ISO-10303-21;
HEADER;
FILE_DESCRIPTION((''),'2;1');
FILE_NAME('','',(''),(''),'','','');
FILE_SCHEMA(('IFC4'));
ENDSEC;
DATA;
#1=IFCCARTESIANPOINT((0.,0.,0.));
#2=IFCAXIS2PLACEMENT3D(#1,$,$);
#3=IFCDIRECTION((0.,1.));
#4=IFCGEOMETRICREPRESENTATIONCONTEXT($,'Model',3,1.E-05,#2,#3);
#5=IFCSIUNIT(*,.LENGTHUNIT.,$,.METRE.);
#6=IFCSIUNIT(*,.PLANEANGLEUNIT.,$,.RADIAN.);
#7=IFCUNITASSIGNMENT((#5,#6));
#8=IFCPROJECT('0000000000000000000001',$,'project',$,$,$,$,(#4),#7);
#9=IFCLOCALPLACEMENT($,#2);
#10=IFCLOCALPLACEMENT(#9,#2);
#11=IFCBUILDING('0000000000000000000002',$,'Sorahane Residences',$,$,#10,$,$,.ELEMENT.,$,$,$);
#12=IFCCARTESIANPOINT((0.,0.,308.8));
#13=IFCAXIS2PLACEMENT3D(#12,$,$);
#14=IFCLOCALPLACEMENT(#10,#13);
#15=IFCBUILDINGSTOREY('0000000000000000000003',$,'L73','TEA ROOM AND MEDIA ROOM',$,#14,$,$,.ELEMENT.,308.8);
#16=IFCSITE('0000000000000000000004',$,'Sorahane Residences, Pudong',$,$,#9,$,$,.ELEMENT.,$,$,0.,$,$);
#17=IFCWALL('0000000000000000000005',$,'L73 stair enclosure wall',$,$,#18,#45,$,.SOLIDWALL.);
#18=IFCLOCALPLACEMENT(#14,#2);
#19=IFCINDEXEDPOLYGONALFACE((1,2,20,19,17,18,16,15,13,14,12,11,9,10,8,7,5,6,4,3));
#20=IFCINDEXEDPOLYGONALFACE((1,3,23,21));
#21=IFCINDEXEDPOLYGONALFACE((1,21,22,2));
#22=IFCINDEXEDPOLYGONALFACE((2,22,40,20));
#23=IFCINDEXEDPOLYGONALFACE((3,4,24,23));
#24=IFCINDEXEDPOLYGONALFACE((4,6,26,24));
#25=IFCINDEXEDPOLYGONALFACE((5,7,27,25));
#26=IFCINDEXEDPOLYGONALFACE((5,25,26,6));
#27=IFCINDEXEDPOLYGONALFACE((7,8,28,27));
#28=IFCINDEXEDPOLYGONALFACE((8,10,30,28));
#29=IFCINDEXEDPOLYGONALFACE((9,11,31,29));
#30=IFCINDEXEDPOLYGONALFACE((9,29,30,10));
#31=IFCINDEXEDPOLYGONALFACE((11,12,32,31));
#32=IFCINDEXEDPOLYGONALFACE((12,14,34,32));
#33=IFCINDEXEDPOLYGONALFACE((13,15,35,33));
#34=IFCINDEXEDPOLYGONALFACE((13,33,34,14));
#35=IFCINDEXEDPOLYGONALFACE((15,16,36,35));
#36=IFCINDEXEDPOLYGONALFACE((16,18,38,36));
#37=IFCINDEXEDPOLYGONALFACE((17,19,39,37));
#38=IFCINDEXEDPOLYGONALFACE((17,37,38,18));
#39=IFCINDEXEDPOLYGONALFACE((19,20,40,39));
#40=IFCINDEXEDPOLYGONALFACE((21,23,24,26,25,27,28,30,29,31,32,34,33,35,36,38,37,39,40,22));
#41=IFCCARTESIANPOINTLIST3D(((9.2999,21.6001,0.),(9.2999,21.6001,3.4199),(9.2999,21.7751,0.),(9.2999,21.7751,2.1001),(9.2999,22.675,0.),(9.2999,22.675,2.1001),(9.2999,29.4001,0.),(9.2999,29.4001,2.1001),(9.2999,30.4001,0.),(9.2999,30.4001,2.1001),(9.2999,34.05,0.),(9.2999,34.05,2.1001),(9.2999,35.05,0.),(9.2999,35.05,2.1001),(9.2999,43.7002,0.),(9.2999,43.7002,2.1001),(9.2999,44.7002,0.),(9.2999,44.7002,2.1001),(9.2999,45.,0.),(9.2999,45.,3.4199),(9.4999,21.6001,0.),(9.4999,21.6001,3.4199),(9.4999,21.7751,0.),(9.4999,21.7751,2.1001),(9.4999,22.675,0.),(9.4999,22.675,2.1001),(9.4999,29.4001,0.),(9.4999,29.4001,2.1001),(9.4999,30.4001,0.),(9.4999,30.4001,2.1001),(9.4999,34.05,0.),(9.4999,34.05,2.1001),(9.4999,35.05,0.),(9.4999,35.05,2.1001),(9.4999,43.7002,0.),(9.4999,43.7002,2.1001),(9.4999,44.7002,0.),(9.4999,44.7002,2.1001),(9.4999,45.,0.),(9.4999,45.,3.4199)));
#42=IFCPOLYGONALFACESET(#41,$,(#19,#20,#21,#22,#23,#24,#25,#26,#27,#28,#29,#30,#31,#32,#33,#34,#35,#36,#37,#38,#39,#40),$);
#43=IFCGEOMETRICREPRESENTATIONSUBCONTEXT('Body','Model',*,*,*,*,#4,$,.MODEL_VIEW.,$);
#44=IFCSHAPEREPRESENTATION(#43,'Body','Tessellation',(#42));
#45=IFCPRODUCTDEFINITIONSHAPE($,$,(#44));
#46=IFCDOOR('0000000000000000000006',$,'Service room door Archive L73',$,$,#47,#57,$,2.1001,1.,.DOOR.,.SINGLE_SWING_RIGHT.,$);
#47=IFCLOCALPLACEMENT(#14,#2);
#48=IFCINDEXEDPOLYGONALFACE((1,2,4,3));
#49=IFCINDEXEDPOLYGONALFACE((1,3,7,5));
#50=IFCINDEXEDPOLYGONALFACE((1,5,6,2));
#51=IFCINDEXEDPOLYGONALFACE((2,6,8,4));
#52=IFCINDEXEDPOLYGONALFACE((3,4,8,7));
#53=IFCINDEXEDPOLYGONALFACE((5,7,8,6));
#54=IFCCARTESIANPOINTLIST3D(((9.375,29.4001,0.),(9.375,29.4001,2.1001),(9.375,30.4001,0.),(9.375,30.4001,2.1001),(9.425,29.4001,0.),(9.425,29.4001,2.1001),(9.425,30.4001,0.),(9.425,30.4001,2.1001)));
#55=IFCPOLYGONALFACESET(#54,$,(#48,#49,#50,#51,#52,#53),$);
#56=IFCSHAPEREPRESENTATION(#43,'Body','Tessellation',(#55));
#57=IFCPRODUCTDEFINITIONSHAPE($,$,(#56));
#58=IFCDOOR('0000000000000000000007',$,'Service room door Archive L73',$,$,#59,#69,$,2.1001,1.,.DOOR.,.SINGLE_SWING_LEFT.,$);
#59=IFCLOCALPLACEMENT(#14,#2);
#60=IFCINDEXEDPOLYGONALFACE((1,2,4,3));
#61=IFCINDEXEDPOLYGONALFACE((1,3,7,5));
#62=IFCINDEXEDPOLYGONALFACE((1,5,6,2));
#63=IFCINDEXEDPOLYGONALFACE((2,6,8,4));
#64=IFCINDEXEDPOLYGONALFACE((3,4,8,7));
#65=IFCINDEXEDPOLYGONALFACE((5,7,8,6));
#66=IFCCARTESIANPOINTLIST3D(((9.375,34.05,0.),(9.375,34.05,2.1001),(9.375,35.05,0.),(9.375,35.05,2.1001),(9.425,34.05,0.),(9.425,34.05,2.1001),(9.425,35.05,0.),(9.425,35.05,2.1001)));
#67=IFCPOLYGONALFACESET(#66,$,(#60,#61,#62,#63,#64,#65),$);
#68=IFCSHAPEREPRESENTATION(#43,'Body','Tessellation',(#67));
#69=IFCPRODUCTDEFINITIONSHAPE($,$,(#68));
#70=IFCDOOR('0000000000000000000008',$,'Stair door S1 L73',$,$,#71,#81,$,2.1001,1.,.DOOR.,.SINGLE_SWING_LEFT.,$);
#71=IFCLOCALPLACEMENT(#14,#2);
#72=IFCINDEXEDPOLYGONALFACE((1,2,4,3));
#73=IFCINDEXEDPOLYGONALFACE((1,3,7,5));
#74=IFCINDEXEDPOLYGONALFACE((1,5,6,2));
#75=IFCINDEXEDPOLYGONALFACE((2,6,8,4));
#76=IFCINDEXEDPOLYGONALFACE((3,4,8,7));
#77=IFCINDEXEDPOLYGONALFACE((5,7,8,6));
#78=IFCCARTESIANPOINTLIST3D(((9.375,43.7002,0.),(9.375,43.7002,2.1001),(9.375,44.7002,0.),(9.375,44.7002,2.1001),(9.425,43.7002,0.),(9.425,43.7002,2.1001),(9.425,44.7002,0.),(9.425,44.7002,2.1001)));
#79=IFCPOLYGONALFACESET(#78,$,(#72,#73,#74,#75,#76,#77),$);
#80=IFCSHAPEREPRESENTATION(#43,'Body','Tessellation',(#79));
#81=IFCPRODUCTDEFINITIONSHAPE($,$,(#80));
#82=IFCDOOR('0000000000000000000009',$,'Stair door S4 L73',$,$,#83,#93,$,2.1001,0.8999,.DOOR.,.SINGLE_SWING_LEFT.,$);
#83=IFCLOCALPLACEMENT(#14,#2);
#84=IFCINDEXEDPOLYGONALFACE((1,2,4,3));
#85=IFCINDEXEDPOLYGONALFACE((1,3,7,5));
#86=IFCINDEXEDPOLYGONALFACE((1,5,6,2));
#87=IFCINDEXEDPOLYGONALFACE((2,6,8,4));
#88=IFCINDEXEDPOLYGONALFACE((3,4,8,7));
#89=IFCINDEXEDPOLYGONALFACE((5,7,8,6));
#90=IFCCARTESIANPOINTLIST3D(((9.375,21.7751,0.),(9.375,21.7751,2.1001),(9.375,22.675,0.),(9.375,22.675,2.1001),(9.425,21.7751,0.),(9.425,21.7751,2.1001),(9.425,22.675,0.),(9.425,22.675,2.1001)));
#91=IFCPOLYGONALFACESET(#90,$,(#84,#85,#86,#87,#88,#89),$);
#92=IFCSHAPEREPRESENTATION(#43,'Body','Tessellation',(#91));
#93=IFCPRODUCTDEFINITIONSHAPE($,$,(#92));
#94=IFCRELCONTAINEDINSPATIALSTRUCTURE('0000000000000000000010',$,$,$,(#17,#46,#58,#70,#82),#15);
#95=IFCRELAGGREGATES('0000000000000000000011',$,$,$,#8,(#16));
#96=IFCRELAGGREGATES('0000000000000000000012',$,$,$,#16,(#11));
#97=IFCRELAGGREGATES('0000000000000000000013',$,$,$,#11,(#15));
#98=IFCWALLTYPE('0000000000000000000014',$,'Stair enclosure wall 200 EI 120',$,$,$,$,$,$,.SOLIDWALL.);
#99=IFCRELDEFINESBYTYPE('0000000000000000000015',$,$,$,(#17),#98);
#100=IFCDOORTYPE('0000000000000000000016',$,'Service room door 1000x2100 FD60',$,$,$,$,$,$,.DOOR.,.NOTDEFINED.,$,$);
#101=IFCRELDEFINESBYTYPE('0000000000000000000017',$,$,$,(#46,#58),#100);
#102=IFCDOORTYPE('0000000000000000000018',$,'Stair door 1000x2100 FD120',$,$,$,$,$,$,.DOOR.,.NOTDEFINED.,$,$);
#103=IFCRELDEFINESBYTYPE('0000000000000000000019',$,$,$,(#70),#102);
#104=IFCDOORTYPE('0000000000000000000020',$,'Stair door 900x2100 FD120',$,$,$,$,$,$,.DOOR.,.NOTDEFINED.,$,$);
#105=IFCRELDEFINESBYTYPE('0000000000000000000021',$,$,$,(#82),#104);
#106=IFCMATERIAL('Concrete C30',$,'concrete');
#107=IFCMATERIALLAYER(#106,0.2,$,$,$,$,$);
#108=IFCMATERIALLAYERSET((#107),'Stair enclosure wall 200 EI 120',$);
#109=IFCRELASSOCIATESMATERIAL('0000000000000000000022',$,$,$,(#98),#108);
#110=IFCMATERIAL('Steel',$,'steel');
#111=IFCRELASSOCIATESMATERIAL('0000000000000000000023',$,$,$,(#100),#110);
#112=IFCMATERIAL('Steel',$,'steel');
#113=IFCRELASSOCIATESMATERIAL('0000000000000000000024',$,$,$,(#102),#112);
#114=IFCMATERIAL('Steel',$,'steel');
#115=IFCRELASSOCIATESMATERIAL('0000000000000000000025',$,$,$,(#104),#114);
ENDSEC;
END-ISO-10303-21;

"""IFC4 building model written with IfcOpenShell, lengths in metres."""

from ifc_helpers import new_model, si_unit, direction, frame, frame_2d, origin, place, context, subcontext, project, spatial, rectangle, extrude, material, layer, layer_set, type_object, element, fill, save


model = new_model("IFC4")

# Units and contexts
model_context = context("Model", 3, precision=1e-05, world=origin(), true_north=direction((0.0, 1.0)))
body_context = subcontext(model_context, "Body", "Model", "MODEL_VIEW")
ifc_project = project(units=[si_unit("LENGTHUNIT", "METRE"), si_unit("PLANEANGLEUNIT", "RADIAN")], contexts=[model_context])

# Site, building, storey
site_placement = place(None, origin())
site = spatial("IfcSite", under=ifc_project, at=site_placement, Name="Sorahane Residences, Pudong", CompositionType="ELEMENT", RefElevation=0.0)
building_placement = place(site_placement, origin())
building = spatial("IfcBuilding", under=site, at=building_placement, Name="Sorahane Residences", CompositionType="ELEMENT")
storey_placement = place(building_placement, frame((0.0, 0.0, 308.8)))
storey = spatial("IfcBuildingStorey", under=building, at=storey_placement, Name="L73", Description="TEA ROOM AND MEDIA ROOM", CompositionType="ELEMENT", Elevation=308.8)

# Wall, openings, doors
ifc_material_1 = material(Name="Concrete C30", Category="concrete")
ifc_layer_1 = layer(ifc_material_1, 0.2)
ifc_layer_set_1 = layer_set([ifc_layer_1], Name="Stair enclosure wall 200 EI 120")
wall_type_1 = type_object("IfcWallType", Name="Stair enclosure wall 200 EI 120", PredefinedType="SOLIDWALL", material=ifc_layer_set_1)
wall_1_placement = place(storey_placement, frame((9.3999, 21.6001, 0.0), z_axis=(0.0, 0.0, 1.0), x_axis=(0.0, 1.0, 0.0)))
wall_1 = element("IfcWall", 1, at=wall_1_placement, inside=storey, type_object=wall_type_1, Name="L73 stair enclosure wall", PredefinedType="SOLIDWALL", context=body_context, shape_type="SweptSolid", body=[
    extrude(rectangle(XDim=23.3999, YDim=0.2, at=frame_2d((11.7, 0.0))), origin(), (0.0, 0.0, 1.0), 3.4199),
])
opening_1_placement = place(wall_1_placement, frame((7.8, 0.0, 0.0)))
opening_1 = element("IfcOpeningElement", 2, at=opening_1_placement, cuts=wall_1, PredefinedType="OPENING", context=body_context, shape_type="SweptSolid", body=[
    extrude(rectangle(XDim=1.0, YDim=2.1001, at=frame_2d((0.5, 1.05))), frame((0.0, 0.1099, 0.0), z_axis=(0.0, -1.0, 0.0), x_axis=(1.0, 0.0, 0.0)), (0.0, 0.0, 1.0), 0.22),
])
opening_2_placement = place(wall_1_placement, frame((12.45, 0.0, 0.0)))
opening_2 = element("IfcOpeningElement", 3, at=opening_2_placement, cuts=wall_1, PredefinedType="OPENING", context=body_context, shape_type="SweptSolid", body=[
    extrude(rectangle(XDim=1.0, YDim=2.1001, at=frame_2d((0.5, 1.05))), frame((0.0, 0.1099, 0.0), z_axis=(0.0, -1.0, 0.0), x_axis=(1.0, 0.0, 0.0)), (0.0, 0.0, 1.0), 0.22),
])
opening_3_placement = place(wall_1_placement, frame((22.1001, 0.0, 0.0)))
opening_3 = element("IfcOpeningElement", 4, at=opening_3_placement, cuts=wall_1, PredefinedType="OPENING", context=body_context, shape_type="SweptSolid", body=[
    extrude(rectangle(XDim=1.0, YDim=2.1001, at=frame_2d((0.5, 1.05))), frame((0.0, 0.1099, 0.0), z_axis=(0.0, -1.0, 0.0), x_axis=(1.0, 0.0, 0.0)), (0.0, 0.0, 1.0), 0.22),
])
opening_4_placement = place(wall_1_placement, frame((0.175, 0.0, 0.0)))
opening_4 = element("IfcOpeningElement", 5, at=opening_4_placement, cuts=wall_1, PredefinedType="OPENING", context=body_context, shape_type="SweptSolid", body=[
    extrude(rectangle(XDim=0.8999, YDim=2.1001, at=frame_2d((0.45, 1.05))), frame((0.0, 0.1099, 0.0), z_axis=(0.0, -1.0, 0.0), x_axis=(1.0, 0.0, 0.0)), (0.0, 0.0, 1.0), 0.22),
])
ifc_material_2 = material(Name="Steel", Category="steel")
door_type_1 = type_object("IfcDoorType", Name="Service room door 1000x2100 FD60", OperationType="NOTDEFINED", PredefinedType="DOOR", material=ifc_material_2)
door_1_placement = place(opening_1_placement, origin())
door_1 = element("IfcDoor", 6, at=door_1_placement, inside=storey, type_object=door_type_1, Name="Service room door Archive L73", OperationType="SINGLE_SWING_RIGHT", OverallHeight=2.1001, OverallWidth=1.0, PredefinedType="DOOR", context=body_context, shape_type="SweptSolid", body=[
    extrude(rectangle(XDim=1.0, YDim=2.1001, at=frame_2d((0.5, 1.05))), frame((0.0, 0.0249, 0.0), z_axis=(0.0, -1.0, 0.0), x_axis=(1.0, 0.0, 0.0)), (0.0, 0.0, 1.0), 0.05),
])
fill(opening_1, door_1)
door_2_placement = place(opening_2_placement, origin())
door_2 = element("IfcDoor", 7, at=door_2_placement, inside=storey, type_object=door_type_1, Name="Service room door Archive L73", OperationType="SINGLE_SWING_LEFT", OverallHeight=2.1001, OverallWidth=1.0, PredefinedType="DOOR", context=body_context, shape_type="SweptSolid", body=[
    extrude(rectangle(XDim=1.0, YDim=2.1001, at=frame_2d((0.5, 1.05))), frame((0.0, 0.0249, 0.0), z_axis=(0.0, -1.0, 0.0), x_axis=(1.0, 0.0, 0.0)), (0.0, 0.0, 1.0), 0.05),
])
fill(opening_2, door_2)
ifc_material_3 = material(Name="Steel", Category="steel")
door_type_2 = type_object("IfcDoorType", Name="Stair door 1000x2100 FD120", OperationType="NOTDEFINED", PredefinedType="DOOR", material=ifc_material_3)
door_3_placement = place(opening_3_placement, origin())
door_3 = element("IfcDoor", 8, at=door_3_placement, inside=storey, type_object=door_type_2, Name="Stair door S1 L73", OperationType="SINGLE_SWING_LEFT", OverallHeight=2.1001, OverallWidth=1.0, PredefinedType="DOOR", context=body_context, shape_type="SweptSolid", body=[
    extrude(rectangle(XDim=1.0, YDim=2.1001, at=frame_2d((0.5, 1.05))), frame((0.0, 0.0249, 0.0), z_axis=(0.0, -1.0, 0.0), x_axis=(1.0, 0.0, 0.0)), (0.0, 0.0, 1.0), 0.05),
])
fill(opening_3, door_3)
ifc_material_4 = material(Name="Steel", Category="steel")
door_type_3 = type_object("IfcDoorType", Name="Stair door 900x2100 FD120", OperationType="NOTDEFINED", PredefinedType="DOOR", material=ifc_material_4)
door_4_placement = place(opening_4_placement, origin())
door_4 = element("IfcDoor", 9, at=door_4_placement, inside=storey, type_object=door_type_3, Name="Stair door S4 L73", OperationType="SINGLE_SWING_LEFT", OverallHeight=2.1001, OverallWidth=0.8999, PredefinedType="DOOR", context=body_context, shape_type="SweptSolid", body=[
    extrude(rectangle(XDim=0.8999, YDim=2.1001, at=frame_2d((0.45, 1.05))), frame((0.0, 0.0249, 0.0), z_axis=(0.0, -1.0, 0.0), x_axis=(1.0, 0.0, 0.0)), (0.0, 0.0, 1.0), 0.05),
])
fill(opening_4, door_4)

save(model, "model.ifc")
